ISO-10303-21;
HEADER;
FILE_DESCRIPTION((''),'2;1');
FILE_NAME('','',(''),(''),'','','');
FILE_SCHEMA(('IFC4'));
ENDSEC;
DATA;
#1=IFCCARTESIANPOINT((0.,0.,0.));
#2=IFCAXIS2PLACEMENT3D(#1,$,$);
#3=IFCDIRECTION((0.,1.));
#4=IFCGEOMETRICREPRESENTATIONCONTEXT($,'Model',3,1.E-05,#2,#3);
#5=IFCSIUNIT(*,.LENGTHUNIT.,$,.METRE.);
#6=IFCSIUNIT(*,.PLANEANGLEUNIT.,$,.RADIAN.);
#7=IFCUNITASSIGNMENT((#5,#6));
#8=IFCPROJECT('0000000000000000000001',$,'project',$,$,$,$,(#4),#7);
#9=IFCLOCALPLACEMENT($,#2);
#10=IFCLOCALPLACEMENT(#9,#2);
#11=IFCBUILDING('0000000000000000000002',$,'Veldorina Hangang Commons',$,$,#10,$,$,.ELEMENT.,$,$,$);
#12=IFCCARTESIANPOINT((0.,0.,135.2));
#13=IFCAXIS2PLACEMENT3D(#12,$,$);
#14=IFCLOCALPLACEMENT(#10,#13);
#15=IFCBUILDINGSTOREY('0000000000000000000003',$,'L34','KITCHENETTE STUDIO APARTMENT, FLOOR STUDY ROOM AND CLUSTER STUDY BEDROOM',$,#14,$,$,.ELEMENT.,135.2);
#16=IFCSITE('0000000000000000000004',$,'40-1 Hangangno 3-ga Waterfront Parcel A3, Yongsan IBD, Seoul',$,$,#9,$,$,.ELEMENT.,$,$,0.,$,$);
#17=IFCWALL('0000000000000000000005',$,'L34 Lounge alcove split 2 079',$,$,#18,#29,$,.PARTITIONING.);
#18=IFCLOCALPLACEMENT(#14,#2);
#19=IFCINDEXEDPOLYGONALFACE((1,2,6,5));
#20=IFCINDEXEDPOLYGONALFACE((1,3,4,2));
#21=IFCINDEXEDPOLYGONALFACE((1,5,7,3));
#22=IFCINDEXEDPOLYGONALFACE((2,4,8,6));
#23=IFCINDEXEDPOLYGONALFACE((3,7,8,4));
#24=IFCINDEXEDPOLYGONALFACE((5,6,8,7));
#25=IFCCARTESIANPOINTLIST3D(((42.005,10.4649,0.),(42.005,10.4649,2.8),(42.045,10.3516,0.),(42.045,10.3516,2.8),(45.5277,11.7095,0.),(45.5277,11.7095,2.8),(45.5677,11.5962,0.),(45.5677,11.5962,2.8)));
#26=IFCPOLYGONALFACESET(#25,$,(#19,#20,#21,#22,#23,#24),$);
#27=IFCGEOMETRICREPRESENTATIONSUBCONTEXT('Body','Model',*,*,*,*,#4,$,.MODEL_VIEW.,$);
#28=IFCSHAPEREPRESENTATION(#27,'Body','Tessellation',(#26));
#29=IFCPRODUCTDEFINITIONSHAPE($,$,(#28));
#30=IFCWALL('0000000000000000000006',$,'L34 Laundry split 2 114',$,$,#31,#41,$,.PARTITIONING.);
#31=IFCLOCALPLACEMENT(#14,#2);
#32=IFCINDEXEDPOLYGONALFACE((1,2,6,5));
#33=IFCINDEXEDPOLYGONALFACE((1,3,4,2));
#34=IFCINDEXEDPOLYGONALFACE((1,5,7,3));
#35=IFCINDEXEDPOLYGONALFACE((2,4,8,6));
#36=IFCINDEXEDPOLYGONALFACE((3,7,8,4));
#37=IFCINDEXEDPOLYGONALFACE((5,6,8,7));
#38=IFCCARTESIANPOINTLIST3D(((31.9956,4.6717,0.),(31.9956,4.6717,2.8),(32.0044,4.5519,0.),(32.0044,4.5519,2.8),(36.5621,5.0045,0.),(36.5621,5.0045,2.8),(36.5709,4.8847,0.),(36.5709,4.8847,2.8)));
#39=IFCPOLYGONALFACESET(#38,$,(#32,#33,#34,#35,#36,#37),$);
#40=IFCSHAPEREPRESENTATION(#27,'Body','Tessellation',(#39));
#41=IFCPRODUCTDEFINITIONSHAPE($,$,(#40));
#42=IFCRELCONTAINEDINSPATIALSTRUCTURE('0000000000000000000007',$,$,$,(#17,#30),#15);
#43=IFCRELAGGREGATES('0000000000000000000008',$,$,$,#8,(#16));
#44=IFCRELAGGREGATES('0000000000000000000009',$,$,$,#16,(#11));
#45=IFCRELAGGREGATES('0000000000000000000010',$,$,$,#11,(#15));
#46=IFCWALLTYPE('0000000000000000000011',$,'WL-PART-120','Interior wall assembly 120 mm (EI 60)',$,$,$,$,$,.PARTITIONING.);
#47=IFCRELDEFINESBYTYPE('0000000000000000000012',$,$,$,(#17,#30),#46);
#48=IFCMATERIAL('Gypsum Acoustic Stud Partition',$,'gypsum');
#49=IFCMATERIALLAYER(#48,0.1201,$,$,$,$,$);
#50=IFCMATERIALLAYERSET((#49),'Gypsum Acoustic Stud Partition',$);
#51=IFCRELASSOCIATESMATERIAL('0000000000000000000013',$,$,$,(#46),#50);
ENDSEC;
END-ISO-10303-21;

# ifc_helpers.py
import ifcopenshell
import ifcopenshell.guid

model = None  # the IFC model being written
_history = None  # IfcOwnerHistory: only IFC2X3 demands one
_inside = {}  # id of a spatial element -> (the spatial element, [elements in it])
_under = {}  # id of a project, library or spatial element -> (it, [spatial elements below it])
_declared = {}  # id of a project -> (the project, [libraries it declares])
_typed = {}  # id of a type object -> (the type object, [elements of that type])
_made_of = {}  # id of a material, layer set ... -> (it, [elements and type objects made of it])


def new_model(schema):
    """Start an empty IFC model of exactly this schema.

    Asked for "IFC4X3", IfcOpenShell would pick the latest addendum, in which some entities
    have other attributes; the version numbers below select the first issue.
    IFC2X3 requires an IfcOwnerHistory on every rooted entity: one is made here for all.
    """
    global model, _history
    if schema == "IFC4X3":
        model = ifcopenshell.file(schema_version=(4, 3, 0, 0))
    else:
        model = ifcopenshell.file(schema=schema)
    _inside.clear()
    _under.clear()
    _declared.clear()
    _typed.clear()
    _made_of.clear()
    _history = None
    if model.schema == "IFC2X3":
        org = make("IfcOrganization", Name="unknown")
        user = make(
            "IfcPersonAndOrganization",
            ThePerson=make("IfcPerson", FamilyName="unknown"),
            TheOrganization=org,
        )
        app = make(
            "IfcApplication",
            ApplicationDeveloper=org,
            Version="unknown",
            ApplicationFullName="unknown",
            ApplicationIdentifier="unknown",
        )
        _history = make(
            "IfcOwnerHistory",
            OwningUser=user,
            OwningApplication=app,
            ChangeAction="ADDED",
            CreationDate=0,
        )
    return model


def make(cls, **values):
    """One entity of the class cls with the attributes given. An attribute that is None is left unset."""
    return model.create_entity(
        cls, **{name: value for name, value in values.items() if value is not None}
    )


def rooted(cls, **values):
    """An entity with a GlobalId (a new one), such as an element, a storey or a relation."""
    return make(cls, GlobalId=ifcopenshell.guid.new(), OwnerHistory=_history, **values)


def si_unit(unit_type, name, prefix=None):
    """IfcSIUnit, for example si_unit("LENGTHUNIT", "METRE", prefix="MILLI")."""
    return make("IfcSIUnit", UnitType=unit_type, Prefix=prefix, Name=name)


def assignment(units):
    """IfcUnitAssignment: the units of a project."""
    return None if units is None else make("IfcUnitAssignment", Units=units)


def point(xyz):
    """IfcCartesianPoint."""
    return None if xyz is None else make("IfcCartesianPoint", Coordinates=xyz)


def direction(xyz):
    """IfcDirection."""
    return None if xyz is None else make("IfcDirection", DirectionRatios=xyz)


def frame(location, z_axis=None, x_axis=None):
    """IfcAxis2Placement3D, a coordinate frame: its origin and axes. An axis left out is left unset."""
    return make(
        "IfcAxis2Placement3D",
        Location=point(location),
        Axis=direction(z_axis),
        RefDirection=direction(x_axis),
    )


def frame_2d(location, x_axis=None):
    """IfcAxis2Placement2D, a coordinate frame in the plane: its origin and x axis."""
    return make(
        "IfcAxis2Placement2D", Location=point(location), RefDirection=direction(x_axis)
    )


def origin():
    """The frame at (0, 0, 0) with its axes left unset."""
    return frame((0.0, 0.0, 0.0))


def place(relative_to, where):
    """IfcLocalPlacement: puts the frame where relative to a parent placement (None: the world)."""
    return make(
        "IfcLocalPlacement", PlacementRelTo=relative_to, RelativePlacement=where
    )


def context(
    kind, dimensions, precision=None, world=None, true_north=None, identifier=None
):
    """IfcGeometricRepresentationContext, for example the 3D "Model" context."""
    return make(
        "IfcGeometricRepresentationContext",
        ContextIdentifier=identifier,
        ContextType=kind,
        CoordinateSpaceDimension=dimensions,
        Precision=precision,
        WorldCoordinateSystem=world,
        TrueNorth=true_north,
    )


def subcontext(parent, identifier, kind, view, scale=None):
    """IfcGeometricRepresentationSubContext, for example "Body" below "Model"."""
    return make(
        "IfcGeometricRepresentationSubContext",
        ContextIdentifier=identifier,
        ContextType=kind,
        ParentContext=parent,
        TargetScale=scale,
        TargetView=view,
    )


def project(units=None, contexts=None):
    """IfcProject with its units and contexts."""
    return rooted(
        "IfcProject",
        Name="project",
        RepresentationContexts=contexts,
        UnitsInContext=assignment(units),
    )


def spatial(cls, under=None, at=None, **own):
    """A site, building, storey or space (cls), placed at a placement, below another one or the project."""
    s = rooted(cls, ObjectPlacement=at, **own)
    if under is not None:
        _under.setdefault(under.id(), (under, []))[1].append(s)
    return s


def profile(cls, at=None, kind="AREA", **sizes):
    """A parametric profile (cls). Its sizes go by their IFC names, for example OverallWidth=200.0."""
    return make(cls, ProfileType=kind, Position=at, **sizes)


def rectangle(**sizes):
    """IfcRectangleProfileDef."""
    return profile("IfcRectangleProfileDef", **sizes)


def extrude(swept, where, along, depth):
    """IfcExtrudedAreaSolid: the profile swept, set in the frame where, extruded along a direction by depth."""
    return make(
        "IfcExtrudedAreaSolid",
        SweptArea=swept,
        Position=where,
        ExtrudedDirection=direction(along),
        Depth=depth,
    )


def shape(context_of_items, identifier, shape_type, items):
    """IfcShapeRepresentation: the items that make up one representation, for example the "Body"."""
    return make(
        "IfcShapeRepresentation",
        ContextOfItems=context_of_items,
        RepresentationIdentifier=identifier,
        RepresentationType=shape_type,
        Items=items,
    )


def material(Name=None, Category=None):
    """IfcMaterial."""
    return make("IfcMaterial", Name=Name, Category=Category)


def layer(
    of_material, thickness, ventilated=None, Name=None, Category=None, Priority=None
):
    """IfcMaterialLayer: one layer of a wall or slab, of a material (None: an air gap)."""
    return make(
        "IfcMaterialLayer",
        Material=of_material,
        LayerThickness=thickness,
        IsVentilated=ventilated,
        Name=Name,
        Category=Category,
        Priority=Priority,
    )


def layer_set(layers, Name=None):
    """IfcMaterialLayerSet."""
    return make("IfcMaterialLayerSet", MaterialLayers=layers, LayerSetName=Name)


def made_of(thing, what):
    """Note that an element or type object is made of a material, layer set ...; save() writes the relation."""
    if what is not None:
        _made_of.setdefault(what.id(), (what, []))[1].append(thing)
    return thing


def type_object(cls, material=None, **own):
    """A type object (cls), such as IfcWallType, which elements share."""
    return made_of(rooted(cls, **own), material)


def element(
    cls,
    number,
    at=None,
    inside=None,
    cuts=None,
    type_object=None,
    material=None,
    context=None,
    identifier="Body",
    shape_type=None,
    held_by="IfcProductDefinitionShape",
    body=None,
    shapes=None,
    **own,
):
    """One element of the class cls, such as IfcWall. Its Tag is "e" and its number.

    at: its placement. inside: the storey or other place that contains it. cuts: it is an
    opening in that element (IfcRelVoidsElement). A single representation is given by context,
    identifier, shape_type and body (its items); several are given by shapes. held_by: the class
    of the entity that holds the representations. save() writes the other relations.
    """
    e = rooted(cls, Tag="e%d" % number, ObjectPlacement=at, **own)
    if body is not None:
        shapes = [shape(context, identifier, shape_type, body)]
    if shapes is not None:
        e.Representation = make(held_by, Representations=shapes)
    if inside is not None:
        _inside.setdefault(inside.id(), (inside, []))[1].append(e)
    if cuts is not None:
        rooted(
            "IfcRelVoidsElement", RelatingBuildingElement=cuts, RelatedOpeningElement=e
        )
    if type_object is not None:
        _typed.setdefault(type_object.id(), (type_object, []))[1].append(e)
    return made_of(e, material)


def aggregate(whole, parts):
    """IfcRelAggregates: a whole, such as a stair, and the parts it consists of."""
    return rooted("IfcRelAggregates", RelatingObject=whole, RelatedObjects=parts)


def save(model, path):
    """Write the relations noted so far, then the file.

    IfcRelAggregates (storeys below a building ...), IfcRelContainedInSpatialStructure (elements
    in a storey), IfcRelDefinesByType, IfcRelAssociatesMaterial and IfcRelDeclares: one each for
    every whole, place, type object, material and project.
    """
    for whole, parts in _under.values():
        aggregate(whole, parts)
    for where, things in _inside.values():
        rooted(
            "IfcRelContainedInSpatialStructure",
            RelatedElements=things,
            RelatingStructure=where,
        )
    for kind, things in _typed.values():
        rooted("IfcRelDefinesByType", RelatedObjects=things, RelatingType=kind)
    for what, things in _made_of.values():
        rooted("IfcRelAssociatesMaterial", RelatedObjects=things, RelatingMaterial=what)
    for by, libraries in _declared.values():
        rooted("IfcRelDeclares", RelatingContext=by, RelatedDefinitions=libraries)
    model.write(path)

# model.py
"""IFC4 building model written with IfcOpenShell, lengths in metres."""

from ifc_helpers import new_model, si_unit, direction, frame, frame_2d, origin, place, context, subcontext, project, spatial, rectangle, extrude, material, layer, layer_set, type_object, element, save


model = new_model("IFC4")

# Units and contexts
model_context = context("Model", 3, precision=1e-05, world=origin(), true_north=direction((0.0, 1.0)))
body_context = subcontext(model_context, "Body", "Model", "MODEL_VIEW")
ifc_project = project(units=[si_unit("LENGTHUNIT", "METRE"), si_unit("PLANEANGLEUNIT", "RADIAN")], contexts=[model_context])

# Site, building, storey
site_placement = place(None, origin())
site = spatial("IfcSite", under=ifc_project, at=site_placement, Name="40-1 Hangangno 3-ga Waterfront Parcel A3, Yongsan IBD, Seoul", CompositionType="ELEMENT", RefElevation=0.0)
building_placement = place(site_placement, origin())
building = spatial("IfcBuilding", under=site, at=building_placement, Name="Veldorina Hangang Commons", CompositionType="ELEMENT")
storey_placement = place(building_placement, frame((0.0, 0.0, 135.2)))
storey = spatial("IfcBuildingStorey", under=building, at=storey_placement, Name="L34", Description="KITCHENETTE STUDIO APARTMENT, FLOOR STUDY ROOM AND CLUSTER STUDY BEDROOM", CompositionType="ELEMENT", Elevation=135.2)

# Shared definitions
ifc_material_1 = material(Name="Gypsum Acoustic Stud Partition", Category="gypsum")
ifc_layer_1 = layer(ifc_material_1, 0.1201)
ifc_layer_set_1 = layer_set([ifc_layer_1], Name="Gypsum Acoustic Stud Partition")
wall_type_1 = type_object("IfcWallType", Name="WL-PART-120", Description="Interior wall assembly 120 mm (EI 60)", PredefinedType="PARTITIONING", material=ifc_layer_set_1)

# Walls
wall_1_placement = place(storey_placement, frame((42.0249, 10.4082, 0.0), z_axis=(0.0, 0.0, 1.0), x_axis=(0.942879, 0.333135, 0.0)))
element("IfcWall", 1, at=wall_1_placement, inside=storey, type_object=wall_type_1, Name="L34 Lounge alcove split 2 079", PredefinedType="PARTITIONING", context=body_context, shape_type="SweptSolid", body=[
    extrude(rectangle(XDim=3.7361, YDim=0.1201, at=frame_2d((1.8682, 0.0))), origin(), (0.0, 0.0, 1.0), 2.8),
])
wall_2_placement = place(storey_placement, frame((32.0, 4.6118, 0.0), z_axis=(0.0, 0.0, 1.0), x_axis=(0.997355, 0.072679, 0.0)))
element("IfcWall", 2, at=wall_2_placement, inside=storey, type_object=wall_type_1, Name="L34 Laundry split 2 114", PredefinedType="PARTITIONING", context=body_context, shape_type="SweptSolid", body=[
    extrude(rectangle(XDim=4.5786, YDim=0.1201, at=frame_2d((2.2893, 0.0))), origin(), (0.0, 0.0, 1.0), 2.8),
])

save(model, "model.ifc")
